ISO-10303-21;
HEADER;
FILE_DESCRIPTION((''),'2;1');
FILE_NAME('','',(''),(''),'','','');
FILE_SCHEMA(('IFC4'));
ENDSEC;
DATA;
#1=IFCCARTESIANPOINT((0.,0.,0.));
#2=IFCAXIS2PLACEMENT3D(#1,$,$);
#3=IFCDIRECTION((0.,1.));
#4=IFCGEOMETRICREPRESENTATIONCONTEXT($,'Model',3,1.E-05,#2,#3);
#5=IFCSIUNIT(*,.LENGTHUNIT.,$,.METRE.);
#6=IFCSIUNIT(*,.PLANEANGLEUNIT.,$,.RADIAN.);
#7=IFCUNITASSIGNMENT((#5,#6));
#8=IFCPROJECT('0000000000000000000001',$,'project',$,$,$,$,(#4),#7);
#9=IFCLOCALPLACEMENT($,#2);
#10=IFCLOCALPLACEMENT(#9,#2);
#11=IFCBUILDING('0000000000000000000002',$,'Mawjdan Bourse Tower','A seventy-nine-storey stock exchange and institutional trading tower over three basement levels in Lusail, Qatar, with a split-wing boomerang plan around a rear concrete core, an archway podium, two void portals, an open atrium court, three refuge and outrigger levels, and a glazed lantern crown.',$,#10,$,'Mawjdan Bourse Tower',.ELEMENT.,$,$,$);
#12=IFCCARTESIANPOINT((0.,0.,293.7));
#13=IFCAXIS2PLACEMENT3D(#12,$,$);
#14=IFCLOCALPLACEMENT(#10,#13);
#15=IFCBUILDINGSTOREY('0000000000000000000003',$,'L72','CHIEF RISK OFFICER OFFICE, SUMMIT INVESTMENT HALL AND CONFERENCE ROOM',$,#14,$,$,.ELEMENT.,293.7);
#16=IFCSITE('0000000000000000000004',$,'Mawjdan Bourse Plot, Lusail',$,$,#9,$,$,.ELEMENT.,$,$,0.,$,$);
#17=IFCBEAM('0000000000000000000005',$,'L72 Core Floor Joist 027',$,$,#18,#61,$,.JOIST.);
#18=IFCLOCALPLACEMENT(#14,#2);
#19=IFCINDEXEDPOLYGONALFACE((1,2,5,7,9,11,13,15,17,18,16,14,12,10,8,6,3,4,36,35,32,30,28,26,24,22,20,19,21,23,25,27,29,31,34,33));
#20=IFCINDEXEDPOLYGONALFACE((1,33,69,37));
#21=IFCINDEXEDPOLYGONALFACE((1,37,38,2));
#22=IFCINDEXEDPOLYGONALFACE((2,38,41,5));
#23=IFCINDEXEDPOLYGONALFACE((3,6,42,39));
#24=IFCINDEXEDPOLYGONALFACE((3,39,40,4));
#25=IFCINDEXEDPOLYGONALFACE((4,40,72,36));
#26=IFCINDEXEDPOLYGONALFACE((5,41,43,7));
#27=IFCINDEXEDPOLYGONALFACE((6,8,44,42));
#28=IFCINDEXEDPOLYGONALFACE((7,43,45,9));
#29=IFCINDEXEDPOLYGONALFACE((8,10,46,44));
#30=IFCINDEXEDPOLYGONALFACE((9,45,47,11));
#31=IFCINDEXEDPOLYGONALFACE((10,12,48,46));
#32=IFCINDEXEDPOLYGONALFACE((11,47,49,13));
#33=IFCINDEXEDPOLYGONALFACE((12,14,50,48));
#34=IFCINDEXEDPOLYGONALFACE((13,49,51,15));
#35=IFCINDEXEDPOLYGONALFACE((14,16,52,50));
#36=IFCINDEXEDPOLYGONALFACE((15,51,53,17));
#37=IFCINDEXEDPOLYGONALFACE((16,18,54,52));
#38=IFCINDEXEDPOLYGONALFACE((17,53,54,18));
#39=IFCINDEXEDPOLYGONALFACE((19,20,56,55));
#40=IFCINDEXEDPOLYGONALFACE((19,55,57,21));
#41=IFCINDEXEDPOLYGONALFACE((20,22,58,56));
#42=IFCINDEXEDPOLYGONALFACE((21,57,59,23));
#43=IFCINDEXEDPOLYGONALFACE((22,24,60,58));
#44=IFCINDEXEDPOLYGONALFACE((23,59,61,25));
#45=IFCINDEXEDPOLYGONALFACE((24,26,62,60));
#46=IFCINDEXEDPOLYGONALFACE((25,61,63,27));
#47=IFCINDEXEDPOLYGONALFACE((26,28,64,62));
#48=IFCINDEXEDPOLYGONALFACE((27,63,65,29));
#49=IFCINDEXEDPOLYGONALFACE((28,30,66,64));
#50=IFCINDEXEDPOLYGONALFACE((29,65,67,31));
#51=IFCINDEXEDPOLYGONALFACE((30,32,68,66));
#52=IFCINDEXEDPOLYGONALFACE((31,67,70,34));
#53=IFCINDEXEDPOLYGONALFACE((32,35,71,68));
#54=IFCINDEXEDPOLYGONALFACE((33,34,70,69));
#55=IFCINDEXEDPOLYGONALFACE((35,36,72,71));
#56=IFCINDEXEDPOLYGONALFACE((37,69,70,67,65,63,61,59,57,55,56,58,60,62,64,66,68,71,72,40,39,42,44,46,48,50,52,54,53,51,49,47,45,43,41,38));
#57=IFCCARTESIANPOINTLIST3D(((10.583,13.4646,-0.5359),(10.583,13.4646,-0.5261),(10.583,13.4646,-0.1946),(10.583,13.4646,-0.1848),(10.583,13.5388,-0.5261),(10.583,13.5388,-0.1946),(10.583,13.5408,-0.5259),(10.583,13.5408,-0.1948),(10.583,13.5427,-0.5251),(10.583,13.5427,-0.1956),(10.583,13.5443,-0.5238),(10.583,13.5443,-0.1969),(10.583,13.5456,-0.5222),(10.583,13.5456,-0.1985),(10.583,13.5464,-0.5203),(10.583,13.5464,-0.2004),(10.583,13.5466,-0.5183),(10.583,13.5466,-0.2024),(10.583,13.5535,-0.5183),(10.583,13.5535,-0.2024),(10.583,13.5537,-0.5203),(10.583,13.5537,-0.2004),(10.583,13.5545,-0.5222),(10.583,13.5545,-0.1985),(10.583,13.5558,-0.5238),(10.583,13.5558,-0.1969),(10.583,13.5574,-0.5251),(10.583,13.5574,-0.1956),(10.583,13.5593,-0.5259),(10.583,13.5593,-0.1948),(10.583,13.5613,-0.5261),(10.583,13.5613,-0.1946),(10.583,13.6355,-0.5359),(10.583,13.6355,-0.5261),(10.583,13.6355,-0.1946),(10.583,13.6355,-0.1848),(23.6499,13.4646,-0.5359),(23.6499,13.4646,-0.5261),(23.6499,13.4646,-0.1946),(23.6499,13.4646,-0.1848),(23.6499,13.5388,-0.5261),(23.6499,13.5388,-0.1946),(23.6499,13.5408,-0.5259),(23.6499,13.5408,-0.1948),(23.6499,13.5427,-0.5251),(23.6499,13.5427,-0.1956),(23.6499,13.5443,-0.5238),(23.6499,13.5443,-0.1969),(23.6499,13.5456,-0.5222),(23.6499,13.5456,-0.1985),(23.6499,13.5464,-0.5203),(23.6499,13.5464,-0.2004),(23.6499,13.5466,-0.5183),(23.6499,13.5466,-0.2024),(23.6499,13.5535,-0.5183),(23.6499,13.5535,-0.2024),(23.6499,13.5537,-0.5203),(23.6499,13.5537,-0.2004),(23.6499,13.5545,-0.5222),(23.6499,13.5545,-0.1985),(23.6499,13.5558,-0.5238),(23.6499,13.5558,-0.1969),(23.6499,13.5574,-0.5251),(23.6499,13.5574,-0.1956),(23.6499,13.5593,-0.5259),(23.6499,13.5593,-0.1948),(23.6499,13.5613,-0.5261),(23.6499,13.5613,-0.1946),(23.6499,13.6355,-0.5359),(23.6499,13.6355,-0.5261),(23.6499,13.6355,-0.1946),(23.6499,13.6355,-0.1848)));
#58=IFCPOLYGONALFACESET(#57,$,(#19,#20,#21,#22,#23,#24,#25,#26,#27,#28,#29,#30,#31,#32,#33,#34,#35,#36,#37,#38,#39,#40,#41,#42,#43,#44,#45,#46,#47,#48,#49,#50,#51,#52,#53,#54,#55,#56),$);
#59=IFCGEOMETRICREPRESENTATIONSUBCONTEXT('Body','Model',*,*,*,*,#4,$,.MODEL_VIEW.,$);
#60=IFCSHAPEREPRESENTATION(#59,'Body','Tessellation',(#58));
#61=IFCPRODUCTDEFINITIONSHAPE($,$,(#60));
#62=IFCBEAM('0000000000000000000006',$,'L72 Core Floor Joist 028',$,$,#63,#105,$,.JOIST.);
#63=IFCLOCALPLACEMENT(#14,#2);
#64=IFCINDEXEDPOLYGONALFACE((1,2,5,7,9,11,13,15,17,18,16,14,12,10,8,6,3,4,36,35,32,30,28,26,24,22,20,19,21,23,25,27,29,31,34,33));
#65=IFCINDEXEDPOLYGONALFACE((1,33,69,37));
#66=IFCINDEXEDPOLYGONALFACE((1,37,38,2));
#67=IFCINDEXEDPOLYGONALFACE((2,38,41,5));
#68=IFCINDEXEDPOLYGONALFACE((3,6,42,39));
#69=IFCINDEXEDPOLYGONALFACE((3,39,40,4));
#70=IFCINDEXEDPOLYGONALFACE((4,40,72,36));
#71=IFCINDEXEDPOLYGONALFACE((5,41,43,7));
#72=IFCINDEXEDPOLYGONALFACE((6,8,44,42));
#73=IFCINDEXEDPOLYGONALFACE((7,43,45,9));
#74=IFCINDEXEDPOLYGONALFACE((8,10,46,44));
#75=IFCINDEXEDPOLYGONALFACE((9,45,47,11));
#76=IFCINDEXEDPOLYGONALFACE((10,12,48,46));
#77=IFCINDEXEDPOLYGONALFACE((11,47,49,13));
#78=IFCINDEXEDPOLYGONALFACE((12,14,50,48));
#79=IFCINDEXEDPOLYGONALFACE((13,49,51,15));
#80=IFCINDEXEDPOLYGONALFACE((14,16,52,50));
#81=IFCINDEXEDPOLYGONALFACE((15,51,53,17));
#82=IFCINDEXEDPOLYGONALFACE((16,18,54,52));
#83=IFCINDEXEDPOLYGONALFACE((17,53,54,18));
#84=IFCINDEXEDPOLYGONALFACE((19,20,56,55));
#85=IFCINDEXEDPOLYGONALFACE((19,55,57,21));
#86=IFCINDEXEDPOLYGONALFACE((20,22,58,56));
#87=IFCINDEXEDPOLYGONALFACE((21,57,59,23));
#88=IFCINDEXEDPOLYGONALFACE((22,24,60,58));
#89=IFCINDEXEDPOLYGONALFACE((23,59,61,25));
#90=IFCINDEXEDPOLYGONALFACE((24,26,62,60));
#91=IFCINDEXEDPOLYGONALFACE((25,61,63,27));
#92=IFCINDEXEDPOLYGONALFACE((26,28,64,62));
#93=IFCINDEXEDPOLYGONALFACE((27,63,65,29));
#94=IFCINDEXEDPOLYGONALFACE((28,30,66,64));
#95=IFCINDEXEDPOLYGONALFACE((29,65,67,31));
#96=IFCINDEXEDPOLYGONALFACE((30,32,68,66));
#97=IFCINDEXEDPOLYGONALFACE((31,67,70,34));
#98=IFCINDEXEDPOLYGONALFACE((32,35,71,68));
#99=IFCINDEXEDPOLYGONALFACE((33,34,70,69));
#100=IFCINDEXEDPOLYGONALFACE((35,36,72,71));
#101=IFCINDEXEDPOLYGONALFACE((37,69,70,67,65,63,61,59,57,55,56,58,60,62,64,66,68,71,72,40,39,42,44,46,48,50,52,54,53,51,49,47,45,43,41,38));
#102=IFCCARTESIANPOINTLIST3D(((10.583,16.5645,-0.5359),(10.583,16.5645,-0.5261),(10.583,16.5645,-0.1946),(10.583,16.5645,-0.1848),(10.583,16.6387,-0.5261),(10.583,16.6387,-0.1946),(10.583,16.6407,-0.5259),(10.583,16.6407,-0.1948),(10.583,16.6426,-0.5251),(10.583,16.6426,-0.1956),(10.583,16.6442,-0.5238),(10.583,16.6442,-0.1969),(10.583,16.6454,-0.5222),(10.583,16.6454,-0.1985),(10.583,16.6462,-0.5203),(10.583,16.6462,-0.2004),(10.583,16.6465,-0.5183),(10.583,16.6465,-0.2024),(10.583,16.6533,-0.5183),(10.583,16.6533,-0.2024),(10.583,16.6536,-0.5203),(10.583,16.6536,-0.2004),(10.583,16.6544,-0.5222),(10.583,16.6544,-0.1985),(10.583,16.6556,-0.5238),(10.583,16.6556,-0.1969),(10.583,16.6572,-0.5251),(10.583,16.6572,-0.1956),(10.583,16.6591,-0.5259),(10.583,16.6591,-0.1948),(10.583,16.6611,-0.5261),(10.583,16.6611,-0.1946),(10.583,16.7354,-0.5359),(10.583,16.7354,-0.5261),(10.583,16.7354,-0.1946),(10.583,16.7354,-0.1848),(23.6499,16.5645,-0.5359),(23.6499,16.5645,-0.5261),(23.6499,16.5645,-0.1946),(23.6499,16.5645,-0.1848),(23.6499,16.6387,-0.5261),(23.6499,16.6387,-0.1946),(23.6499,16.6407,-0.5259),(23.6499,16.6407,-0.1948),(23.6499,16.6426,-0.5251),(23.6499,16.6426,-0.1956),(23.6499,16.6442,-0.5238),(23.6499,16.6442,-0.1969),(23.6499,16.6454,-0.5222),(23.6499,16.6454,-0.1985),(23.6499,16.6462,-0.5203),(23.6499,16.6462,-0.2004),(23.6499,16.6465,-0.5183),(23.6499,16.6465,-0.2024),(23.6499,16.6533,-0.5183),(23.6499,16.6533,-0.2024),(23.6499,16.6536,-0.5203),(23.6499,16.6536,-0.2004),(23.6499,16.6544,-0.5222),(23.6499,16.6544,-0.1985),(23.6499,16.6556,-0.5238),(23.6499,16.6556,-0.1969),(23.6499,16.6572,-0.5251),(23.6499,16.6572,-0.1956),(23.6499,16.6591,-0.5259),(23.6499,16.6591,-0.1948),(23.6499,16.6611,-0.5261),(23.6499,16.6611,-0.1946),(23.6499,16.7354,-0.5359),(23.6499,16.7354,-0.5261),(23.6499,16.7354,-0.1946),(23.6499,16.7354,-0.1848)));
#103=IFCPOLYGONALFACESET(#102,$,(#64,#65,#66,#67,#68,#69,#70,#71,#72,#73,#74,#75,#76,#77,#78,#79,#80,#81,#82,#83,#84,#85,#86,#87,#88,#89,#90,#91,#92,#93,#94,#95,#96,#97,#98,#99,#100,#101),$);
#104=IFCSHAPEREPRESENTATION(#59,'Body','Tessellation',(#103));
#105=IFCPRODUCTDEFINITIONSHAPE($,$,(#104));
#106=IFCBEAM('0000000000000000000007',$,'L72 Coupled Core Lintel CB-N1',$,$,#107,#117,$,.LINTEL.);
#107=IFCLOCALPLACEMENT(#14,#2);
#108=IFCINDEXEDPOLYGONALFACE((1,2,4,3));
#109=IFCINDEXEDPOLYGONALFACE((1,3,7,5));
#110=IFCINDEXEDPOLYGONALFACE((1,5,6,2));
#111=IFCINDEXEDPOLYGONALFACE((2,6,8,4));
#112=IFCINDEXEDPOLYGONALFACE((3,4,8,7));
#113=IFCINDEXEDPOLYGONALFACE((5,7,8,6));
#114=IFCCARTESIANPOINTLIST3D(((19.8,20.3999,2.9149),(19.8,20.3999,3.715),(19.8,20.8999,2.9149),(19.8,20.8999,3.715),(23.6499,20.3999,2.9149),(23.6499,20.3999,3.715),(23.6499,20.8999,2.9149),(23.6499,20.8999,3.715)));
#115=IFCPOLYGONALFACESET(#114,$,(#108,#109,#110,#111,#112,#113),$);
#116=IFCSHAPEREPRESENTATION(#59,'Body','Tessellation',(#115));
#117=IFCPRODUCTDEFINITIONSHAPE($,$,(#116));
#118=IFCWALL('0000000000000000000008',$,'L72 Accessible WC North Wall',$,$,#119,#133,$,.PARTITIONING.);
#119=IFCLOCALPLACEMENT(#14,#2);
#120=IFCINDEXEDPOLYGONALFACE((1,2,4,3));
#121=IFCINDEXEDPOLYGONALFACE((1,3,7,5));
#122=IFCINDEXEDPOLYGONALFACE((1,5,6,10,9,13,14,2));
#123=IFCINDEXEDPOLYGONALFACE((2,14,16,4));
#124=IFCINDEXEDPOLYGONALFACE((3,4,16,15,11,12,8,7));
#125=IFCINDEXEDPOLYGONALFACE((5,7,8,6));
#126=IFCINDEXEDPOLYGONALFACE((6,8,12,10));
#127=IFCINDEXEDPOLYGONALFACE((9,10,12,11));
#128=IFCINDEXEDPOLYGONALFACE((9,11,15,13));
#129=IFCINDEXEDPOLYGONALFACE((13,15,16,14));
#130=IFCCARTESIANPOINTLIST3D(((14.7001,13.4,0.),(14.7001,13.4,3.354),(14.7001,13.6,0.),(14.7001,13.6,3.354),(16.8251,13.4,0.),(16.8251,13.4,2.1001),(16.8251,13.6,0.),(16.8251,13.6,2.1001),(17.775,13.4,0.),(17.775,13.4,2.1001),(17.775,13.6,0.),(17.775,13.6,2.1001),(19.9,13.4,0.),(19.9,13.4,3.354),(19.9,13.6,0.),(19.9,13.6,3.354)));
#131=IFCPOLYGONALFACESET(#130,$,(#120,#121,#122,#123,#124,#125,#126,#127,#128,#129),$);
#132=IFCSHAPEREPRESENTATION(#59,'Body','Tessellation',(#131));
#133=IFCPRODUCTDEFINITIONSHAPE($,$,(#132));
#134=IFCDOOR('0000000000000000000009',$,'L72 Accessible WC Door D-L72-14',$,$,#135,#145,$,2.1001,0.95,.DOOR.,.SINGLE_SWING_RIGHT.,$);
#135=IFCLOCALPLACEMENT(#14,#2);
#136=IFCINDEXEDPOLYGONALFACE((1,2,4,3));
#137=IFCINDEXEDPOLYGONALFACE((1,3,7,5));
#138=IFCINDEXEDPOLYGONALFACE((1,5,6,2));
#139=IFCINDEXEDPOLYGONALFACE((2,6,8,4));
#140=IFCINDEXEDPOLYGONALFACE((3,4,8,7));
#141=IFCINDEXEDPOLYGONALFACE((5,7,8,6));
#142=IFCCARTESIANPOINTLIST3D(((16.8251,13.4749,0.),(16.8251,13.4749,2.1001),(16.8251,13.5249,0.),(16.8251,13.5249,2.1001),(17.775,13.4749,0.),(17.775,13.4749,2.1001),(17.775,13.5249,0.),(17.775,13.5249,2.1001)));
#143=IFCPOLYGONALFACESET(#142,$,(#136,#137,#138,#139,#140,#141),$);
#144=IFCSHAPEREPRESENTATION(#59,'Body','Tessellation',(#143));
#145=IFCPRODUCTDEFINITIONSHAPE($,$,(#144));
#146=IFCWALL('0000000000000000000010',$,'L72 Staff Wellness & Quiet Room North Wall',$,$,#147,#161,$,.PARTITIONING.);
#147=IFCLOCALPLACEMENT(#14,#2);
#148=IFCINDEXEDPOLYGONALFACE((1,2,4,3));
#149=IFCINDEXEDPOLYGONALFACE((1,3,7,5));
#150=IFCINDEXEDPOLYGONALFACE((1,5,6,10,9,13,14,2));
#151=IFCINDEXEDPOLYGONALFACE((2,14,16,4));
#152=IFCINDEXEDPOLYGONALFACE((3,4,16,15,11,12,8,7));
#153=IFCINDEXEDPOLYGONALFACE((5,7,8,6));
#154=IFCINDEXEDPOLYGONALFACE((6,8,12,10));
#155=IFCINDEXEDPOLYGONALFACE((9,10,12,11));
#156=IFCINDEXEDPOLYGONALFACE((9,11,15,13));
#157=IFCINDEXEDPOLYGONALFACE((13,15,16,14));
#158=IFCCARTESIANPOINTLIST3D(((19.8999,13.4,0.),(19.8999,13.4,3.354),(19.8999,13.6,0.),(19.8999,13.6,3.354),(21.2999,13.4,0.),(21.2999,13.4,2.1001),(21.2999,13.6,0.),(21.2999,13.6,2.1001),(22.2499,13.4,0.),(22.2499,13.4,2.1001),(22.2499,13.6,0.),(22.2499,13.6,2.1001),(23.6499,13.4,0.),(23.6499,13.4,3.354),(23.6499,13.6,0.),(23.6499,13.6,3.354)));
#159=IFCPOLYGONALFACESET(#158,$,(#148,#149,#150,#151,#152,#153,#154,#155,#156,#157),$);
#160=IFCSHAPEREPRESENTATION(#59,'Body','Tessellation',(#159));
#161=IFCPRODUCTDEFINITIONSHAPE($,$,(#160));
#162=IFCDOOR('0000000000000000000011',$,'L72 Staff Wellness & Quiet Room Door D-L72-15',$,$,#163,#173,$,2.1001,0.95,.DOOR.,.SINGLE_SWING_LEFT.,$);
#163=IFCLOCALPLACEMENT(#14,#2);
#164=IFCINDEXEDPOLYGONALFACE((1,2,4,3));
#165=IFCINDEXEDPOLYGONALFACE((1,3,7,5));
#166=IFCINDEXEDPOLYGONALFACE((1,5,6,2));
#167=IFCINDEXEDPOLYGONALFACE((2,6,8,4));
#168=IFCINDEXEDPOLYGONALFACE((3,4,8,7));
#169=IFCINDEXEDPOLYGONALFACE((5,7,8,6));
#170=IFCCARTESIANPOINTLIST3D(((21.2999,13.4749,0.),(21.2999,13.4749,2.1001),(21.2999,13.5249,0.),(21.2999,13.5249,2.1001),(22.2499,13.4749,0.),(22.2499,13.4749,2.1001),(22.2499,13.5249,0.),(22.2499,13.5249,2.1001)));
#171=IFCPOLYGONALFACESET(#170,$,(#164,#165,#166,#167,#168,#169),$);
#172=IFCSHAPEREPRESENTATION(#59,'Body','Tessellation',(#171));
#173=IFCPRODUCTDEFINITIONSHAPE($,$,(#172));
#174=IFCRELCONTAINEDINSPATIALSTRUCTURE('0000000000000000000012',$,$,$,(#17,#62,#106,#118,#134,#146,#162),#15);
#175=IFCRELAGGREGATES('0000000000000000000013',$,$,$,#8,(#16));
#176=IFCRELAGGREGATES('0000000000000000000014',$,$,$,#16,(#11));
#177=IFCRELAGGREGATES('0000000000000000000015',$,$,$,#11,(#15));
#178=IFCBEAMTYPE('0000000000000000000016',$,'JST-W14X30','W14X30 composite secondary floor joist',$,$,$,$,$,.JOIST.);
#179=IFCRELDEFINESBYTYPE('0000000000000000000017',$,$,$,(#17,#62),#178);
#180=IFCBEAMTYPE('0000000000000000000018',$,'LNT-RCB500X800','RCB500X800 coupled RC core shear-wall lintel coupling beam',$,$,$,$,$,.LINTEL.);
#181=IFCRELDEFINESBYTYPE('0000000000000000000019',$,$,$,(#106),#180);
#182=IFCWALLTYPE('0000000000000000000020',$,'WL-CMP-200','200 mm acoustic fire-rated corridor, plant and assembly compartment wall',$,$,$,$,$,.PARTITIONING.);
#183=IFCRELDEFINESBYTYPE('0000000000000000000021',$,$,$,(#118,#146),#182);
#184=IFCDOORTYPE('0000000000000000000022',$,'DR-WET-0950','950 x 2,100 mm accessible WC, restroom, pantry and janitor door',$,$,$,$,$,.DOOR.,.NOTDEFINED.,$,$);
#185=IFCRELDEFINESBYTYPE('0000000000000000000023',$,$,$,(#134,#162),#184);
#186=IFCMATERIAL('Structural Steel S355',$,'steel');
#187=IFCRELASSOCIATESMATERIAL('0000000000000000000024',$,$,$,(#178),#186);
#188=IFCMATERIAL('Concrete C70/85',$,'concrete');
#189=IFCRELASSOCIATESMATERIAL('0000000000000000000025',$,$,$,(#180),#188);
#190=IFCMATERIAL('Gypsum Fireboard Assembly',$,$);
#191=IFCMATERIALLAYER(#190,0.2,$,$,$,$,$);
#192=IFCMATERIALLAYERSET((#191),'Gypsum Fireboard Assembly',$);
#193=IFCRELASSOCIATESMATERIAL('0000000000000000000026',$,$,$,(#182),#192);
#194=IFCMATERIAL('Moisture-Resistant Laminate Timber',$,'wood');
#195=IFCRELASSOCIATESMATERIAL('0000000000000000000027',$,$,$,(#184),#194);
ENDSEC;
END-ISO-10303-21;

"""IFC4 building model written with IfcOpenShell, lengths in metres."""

from ifc_helpers import new_model, si_unit, direction, frame, frame_2d, origin, origin_2d, place, context, subcontext, project, spatial, rectangle, i_section, extrude, material, layer, layer_set, material_profile, profile_set, type_object, element, fill, save


model = new_model("IFC4")

# Units and contexts
model_context = context("Model", 3, precision=1e-05, world=origin(), true_north=direction((0.0, 1.0)))
body_context = subcontext(model_context, "Body", "Model", "MODEL_VIEW")
ifc_project = project(units=[si_unit("LENGTHUNIT", "METRE"), si_unit("PLANEANGLEUNIT", "RADIAN")], contexts=[model_context])

# Site, building, storey
site_placement = place(None, origin())
site = spatial("IfcSite", under=ifc_project, at=site_placement, Name="Mawjdan Bourse Plot, Lusail", CompositionType="ELEMENT", RefElevation=0.0)
building_placement = place(site_placement, origin())
building = spatial("IfcBuilding", under=site, at=building_placement, Name="Mawjdan Bourse Tower", Description="A seventy-nine-storey stock exchange and institutional trading tower over three basement levels in Lusail, Qatar, with a split-wing boomerang plan around a rear concrete core, an archway podium, two void portals, an open atrium court, three refuge and outrigger levels, and a glazed lantern crown.", LongName="Mawjdan Bourse Tower", CompositionType="ELEMENT")
storey_placement = place(building_placement, frame((0.0, 0.0, 293.7)))
storey = spatial("IfcBuildingStorey", under=building, at=storey_placement, Name="L72", Description="CHIEF RISK OFFICER OFFICE, SUMMIT INVESTMENT HALL AND CONFERENCE ROOM", CompositionType="ELEMENT", Elevation=293.7)

# Beams
ifc_material_1 = material(Name="Structural Steel S355", Category="steel")
ifc_material_profile_1 = material_profile(ifc_material_1, i_section(OverallWidth=0.1709, OverallDepth=0.3511, WebThickness=0.0068, FlangeThickness=0.0098, FilletRadius=0.0078, at=origin_2d()), Name="W14X30")
ifc_profile_set_1 = profile_set([ifc_material_profile_1], Name="Structural Steel S355")
beam_type_1 = type_object("IfcBeamType", Name="JST-W14X30", Description="W14X30 composite secondary floor joist", PredefinedType="JOIST", material=ifc_profile_set_1)
for number, where, z_axis, x_axis, name in (
    (1, (10.583, 13.55, -0.3604), (1.0, 0.0, 0.0), (0.0, 1.0, 0.0), "L72 Core Floor Joist 027"),
    (2, (10.583, 16.6499, -0.3604), (1.0, 0.0, 0.0), (0.0, 1.0, 0.0), "L72 Core Floor Joist 028"),
):
    element("IfcBeam", number, at=place(storey_placement, frame(where, z_axis=z_axis, x_axis=x_axis)), inside=storey, type_object=beam_type_1, Name=name, PredefinedType="JOIST", context=body_context, shape_type="SweptSolid", body=[
        extrude(i_section(OverallWidth=0.1709, OverallDepth=0.3511, WebThickness=0.0068, FlangeThickness=0.0098, FilletRadius=0.0078, at=origin_2d()), origin(), (0.0, 0.0, 1.0), 13.0669),
    ])
ifc_material_2 = material(Name="Concrete C70/85", Category="concrete")
ifc_material_profile_2 = material_profile(ifc_material_2, rectangle(XDim=0.5, YDim=0.8, at=origin_2d()), Name="RCB500X800")
ifc_profile_set_2 = profile_set([ifc_material_profile_2], Name="Concrete C70/85")
beam_type_2 = type_object("IfcBeamType", Name="LNT-RCB500X800", Description="RCB500X800 coupled RC core shear-wall lintel coupling beam", PredefinedType="LINTEL", material=ifc_profile_set_2)
beam_placement = place(storey_placement, frame((19.8, 20.6499, 3.3149), z_axis=(1.0, 0.0, 0.0), x_axis=(0.0, 1.0, 0.0)))
element("IfcBeam", 3, at=beam_placement, inside=storey, type_object=beam_type_2, Name="L72 Coupled Core Lintel CB-N1", PredefinedType="LINTEL", context=body_context, shape_type="SweptSolid", body=[
    extrude(rectangle(XDim=0.5, YDim=0.8, at=origin_2d()), origin(), (0.0, 0.0, 1.0), 3.8499),
])

# Walls, openings, doors
ifc_material_3 = material(Name="Gypsum Fireboard Assembly")
ifc_layer_1 = layer(ifc_material_3, 0.2)
ifc_layer_set_1 = layer_set([ifc_layer_1], Name="Gypsum Fireboard Assembly")
wall_type_1 = type_object("IfcWallType", Name="WL-CMP-200", Description="200 mm acoustic fire-rated corridor, plant and assembly compartment wall", PredefinedType="PARTITIONING", material=ifc_layer_set_1)
wall_1_placement = place(storey_placement, frame((14.7, 13.5, 0.0), z_axis=(0.0, 0.0, 1.0), x_axis=(1.0, 0.0, 0.0)))
wall_1 = element("IfcWall", 4, at=wall_1_placement, inside=storey, type_object=wall_type_1, Name="L72 Accessible WC North Wall", PredefinedType="PARTITIONING", context=body_context, shape_type="SweptSolid", body=[
    extrude(rectangle(XDim=5.2, YDim=0.2, at=frame_2d((2.6001, 0.0))), origin(), (0.0, 0.0, 1.0), 3.354),
])
opening_1_placement = place(wall_1_placement, frame((2.125, 0.0, 0.0)))
opening_1 = element("IfcOpeningElement", 5, at=opening_1_placement, cuts=wall_1, PredefinedType="OPENING", context=body_context, shape_type="SweptSolid", body=[
    extrude(rectangle(XDim=0.95, YDim=2.1001, at=frame_2d((0.4751, 1.05))), frame((0.0, 0.1099, 0.0), z_axis=(0.0, -1.0, 0.0), x_axis=(1.0, 0.0, 0.0)), (0.0, 0.0, 1.0), 0.22),
])
ifc_material_4 = material(Name="Moisture-Resistant Laminate Timber", Category="wood")
door_type_1 = type_object("IfcDoorType", Name="DR-WET-0950", Description="950 x 2,100 mm accessible WC, restroom, pantry and janitor door", OperationType="NOTDEFINED", PredefinedType="DOOR", material=ifc_material_4)
door_1_placement = place(opening_1_placement, origin())
door_1 = element("IfcDoor", 6, at=door_1_placement, inside=storey, type_object=door_type_1, Name="L72 Accessible WC Door D-L72-14", OperationType="SINGLE_SWING_RIGHT", OverallHeight=2.1001, OverallWidth=0.95, PredefinedType="DOOR", context=body_context, shape_type="SweptSolid", body=[
    extrude(rectangle(XDim=0.95, YDim=2.1001, at=frame_2d((0.4751, 1.05))), frame((0.0, 0.0249, 0.0), z_axis=(0.0, -1.0, 0.0), x_axis=(1.0, 0.0, 0.0)), (0.0, 0.0, 1.0), 0.05),
])
fill(opening_1, door_1)
wall_2_placement = place(storey_placement, frame((19.8999, 13.5, 0.0), z_axis=(0.0, 0.0, 1.0), x_axis=(1.0, 0.0, 0.0)))
wall_2 = element("IfcWall", 7, at=wall_2_placement, inside=storey, type_object=wall_type_1, Name="L72 Staff Wellness & Quiet Room North Wall", PredefinedType="PARTITIONING", context=body_context, shape_type="SweptSolid", body=[
    extrude(rectangle(XDim=3.75, YDim=0.2, at=frame_2d((1.875, 0.0))), origin(), (0.0, 0.0, 1.0), 3.354),
])
opening_2_placement = place(wall_2_placement, frame((1.3999, 0.0, 0.0)))
opening_2 = element("IfcOpeningElement", 8, at=opening_2_placement, cuts=wall_2, PredefinedType="OPENING", context=body_context, shape_type="SweptSolid", body=[
    extrude(rectangle(XDim=0.95, YDim=2.1001, at=frame_2d((0.4751, 1.05))), frame((0.0, 0.1099, 0.0), z_axis=(0.0, -1.0, 0.0), x_axis=(1.0, 0.0, 0.0)), (0.0, 0.0, 1.0), 0.22),
])
door_2_placement = place(opening_2_placement, origin())
door_2 = element("IfcDoor", 9, at=door_2_placement, inside=storey, type_object=door_type_1, Name="L72 Staff Wellness & Quiet Room Door D-L72-15", OperationType="SINGLE_SWING_LEFT", OverallHeight=2.1001, OverallWidth=0.95, PredefinedType="DOOR", context=body_context, shape_type="SweptSolid", body=[
    extrude(rectangle(XDim=0.95, YDim=2.1001, at=frame_2d((0.4751, 1.05))), frame((0.0, 0.0249, 0.0), z_axis=(0.0, -1.0, 0.0), x_axis=(1.0, 0.0, 0.0)), (0.0, 0.0, 1.0), 0.05),
])
fill(opening_2, door_2)

save(model, "model.ifc")
